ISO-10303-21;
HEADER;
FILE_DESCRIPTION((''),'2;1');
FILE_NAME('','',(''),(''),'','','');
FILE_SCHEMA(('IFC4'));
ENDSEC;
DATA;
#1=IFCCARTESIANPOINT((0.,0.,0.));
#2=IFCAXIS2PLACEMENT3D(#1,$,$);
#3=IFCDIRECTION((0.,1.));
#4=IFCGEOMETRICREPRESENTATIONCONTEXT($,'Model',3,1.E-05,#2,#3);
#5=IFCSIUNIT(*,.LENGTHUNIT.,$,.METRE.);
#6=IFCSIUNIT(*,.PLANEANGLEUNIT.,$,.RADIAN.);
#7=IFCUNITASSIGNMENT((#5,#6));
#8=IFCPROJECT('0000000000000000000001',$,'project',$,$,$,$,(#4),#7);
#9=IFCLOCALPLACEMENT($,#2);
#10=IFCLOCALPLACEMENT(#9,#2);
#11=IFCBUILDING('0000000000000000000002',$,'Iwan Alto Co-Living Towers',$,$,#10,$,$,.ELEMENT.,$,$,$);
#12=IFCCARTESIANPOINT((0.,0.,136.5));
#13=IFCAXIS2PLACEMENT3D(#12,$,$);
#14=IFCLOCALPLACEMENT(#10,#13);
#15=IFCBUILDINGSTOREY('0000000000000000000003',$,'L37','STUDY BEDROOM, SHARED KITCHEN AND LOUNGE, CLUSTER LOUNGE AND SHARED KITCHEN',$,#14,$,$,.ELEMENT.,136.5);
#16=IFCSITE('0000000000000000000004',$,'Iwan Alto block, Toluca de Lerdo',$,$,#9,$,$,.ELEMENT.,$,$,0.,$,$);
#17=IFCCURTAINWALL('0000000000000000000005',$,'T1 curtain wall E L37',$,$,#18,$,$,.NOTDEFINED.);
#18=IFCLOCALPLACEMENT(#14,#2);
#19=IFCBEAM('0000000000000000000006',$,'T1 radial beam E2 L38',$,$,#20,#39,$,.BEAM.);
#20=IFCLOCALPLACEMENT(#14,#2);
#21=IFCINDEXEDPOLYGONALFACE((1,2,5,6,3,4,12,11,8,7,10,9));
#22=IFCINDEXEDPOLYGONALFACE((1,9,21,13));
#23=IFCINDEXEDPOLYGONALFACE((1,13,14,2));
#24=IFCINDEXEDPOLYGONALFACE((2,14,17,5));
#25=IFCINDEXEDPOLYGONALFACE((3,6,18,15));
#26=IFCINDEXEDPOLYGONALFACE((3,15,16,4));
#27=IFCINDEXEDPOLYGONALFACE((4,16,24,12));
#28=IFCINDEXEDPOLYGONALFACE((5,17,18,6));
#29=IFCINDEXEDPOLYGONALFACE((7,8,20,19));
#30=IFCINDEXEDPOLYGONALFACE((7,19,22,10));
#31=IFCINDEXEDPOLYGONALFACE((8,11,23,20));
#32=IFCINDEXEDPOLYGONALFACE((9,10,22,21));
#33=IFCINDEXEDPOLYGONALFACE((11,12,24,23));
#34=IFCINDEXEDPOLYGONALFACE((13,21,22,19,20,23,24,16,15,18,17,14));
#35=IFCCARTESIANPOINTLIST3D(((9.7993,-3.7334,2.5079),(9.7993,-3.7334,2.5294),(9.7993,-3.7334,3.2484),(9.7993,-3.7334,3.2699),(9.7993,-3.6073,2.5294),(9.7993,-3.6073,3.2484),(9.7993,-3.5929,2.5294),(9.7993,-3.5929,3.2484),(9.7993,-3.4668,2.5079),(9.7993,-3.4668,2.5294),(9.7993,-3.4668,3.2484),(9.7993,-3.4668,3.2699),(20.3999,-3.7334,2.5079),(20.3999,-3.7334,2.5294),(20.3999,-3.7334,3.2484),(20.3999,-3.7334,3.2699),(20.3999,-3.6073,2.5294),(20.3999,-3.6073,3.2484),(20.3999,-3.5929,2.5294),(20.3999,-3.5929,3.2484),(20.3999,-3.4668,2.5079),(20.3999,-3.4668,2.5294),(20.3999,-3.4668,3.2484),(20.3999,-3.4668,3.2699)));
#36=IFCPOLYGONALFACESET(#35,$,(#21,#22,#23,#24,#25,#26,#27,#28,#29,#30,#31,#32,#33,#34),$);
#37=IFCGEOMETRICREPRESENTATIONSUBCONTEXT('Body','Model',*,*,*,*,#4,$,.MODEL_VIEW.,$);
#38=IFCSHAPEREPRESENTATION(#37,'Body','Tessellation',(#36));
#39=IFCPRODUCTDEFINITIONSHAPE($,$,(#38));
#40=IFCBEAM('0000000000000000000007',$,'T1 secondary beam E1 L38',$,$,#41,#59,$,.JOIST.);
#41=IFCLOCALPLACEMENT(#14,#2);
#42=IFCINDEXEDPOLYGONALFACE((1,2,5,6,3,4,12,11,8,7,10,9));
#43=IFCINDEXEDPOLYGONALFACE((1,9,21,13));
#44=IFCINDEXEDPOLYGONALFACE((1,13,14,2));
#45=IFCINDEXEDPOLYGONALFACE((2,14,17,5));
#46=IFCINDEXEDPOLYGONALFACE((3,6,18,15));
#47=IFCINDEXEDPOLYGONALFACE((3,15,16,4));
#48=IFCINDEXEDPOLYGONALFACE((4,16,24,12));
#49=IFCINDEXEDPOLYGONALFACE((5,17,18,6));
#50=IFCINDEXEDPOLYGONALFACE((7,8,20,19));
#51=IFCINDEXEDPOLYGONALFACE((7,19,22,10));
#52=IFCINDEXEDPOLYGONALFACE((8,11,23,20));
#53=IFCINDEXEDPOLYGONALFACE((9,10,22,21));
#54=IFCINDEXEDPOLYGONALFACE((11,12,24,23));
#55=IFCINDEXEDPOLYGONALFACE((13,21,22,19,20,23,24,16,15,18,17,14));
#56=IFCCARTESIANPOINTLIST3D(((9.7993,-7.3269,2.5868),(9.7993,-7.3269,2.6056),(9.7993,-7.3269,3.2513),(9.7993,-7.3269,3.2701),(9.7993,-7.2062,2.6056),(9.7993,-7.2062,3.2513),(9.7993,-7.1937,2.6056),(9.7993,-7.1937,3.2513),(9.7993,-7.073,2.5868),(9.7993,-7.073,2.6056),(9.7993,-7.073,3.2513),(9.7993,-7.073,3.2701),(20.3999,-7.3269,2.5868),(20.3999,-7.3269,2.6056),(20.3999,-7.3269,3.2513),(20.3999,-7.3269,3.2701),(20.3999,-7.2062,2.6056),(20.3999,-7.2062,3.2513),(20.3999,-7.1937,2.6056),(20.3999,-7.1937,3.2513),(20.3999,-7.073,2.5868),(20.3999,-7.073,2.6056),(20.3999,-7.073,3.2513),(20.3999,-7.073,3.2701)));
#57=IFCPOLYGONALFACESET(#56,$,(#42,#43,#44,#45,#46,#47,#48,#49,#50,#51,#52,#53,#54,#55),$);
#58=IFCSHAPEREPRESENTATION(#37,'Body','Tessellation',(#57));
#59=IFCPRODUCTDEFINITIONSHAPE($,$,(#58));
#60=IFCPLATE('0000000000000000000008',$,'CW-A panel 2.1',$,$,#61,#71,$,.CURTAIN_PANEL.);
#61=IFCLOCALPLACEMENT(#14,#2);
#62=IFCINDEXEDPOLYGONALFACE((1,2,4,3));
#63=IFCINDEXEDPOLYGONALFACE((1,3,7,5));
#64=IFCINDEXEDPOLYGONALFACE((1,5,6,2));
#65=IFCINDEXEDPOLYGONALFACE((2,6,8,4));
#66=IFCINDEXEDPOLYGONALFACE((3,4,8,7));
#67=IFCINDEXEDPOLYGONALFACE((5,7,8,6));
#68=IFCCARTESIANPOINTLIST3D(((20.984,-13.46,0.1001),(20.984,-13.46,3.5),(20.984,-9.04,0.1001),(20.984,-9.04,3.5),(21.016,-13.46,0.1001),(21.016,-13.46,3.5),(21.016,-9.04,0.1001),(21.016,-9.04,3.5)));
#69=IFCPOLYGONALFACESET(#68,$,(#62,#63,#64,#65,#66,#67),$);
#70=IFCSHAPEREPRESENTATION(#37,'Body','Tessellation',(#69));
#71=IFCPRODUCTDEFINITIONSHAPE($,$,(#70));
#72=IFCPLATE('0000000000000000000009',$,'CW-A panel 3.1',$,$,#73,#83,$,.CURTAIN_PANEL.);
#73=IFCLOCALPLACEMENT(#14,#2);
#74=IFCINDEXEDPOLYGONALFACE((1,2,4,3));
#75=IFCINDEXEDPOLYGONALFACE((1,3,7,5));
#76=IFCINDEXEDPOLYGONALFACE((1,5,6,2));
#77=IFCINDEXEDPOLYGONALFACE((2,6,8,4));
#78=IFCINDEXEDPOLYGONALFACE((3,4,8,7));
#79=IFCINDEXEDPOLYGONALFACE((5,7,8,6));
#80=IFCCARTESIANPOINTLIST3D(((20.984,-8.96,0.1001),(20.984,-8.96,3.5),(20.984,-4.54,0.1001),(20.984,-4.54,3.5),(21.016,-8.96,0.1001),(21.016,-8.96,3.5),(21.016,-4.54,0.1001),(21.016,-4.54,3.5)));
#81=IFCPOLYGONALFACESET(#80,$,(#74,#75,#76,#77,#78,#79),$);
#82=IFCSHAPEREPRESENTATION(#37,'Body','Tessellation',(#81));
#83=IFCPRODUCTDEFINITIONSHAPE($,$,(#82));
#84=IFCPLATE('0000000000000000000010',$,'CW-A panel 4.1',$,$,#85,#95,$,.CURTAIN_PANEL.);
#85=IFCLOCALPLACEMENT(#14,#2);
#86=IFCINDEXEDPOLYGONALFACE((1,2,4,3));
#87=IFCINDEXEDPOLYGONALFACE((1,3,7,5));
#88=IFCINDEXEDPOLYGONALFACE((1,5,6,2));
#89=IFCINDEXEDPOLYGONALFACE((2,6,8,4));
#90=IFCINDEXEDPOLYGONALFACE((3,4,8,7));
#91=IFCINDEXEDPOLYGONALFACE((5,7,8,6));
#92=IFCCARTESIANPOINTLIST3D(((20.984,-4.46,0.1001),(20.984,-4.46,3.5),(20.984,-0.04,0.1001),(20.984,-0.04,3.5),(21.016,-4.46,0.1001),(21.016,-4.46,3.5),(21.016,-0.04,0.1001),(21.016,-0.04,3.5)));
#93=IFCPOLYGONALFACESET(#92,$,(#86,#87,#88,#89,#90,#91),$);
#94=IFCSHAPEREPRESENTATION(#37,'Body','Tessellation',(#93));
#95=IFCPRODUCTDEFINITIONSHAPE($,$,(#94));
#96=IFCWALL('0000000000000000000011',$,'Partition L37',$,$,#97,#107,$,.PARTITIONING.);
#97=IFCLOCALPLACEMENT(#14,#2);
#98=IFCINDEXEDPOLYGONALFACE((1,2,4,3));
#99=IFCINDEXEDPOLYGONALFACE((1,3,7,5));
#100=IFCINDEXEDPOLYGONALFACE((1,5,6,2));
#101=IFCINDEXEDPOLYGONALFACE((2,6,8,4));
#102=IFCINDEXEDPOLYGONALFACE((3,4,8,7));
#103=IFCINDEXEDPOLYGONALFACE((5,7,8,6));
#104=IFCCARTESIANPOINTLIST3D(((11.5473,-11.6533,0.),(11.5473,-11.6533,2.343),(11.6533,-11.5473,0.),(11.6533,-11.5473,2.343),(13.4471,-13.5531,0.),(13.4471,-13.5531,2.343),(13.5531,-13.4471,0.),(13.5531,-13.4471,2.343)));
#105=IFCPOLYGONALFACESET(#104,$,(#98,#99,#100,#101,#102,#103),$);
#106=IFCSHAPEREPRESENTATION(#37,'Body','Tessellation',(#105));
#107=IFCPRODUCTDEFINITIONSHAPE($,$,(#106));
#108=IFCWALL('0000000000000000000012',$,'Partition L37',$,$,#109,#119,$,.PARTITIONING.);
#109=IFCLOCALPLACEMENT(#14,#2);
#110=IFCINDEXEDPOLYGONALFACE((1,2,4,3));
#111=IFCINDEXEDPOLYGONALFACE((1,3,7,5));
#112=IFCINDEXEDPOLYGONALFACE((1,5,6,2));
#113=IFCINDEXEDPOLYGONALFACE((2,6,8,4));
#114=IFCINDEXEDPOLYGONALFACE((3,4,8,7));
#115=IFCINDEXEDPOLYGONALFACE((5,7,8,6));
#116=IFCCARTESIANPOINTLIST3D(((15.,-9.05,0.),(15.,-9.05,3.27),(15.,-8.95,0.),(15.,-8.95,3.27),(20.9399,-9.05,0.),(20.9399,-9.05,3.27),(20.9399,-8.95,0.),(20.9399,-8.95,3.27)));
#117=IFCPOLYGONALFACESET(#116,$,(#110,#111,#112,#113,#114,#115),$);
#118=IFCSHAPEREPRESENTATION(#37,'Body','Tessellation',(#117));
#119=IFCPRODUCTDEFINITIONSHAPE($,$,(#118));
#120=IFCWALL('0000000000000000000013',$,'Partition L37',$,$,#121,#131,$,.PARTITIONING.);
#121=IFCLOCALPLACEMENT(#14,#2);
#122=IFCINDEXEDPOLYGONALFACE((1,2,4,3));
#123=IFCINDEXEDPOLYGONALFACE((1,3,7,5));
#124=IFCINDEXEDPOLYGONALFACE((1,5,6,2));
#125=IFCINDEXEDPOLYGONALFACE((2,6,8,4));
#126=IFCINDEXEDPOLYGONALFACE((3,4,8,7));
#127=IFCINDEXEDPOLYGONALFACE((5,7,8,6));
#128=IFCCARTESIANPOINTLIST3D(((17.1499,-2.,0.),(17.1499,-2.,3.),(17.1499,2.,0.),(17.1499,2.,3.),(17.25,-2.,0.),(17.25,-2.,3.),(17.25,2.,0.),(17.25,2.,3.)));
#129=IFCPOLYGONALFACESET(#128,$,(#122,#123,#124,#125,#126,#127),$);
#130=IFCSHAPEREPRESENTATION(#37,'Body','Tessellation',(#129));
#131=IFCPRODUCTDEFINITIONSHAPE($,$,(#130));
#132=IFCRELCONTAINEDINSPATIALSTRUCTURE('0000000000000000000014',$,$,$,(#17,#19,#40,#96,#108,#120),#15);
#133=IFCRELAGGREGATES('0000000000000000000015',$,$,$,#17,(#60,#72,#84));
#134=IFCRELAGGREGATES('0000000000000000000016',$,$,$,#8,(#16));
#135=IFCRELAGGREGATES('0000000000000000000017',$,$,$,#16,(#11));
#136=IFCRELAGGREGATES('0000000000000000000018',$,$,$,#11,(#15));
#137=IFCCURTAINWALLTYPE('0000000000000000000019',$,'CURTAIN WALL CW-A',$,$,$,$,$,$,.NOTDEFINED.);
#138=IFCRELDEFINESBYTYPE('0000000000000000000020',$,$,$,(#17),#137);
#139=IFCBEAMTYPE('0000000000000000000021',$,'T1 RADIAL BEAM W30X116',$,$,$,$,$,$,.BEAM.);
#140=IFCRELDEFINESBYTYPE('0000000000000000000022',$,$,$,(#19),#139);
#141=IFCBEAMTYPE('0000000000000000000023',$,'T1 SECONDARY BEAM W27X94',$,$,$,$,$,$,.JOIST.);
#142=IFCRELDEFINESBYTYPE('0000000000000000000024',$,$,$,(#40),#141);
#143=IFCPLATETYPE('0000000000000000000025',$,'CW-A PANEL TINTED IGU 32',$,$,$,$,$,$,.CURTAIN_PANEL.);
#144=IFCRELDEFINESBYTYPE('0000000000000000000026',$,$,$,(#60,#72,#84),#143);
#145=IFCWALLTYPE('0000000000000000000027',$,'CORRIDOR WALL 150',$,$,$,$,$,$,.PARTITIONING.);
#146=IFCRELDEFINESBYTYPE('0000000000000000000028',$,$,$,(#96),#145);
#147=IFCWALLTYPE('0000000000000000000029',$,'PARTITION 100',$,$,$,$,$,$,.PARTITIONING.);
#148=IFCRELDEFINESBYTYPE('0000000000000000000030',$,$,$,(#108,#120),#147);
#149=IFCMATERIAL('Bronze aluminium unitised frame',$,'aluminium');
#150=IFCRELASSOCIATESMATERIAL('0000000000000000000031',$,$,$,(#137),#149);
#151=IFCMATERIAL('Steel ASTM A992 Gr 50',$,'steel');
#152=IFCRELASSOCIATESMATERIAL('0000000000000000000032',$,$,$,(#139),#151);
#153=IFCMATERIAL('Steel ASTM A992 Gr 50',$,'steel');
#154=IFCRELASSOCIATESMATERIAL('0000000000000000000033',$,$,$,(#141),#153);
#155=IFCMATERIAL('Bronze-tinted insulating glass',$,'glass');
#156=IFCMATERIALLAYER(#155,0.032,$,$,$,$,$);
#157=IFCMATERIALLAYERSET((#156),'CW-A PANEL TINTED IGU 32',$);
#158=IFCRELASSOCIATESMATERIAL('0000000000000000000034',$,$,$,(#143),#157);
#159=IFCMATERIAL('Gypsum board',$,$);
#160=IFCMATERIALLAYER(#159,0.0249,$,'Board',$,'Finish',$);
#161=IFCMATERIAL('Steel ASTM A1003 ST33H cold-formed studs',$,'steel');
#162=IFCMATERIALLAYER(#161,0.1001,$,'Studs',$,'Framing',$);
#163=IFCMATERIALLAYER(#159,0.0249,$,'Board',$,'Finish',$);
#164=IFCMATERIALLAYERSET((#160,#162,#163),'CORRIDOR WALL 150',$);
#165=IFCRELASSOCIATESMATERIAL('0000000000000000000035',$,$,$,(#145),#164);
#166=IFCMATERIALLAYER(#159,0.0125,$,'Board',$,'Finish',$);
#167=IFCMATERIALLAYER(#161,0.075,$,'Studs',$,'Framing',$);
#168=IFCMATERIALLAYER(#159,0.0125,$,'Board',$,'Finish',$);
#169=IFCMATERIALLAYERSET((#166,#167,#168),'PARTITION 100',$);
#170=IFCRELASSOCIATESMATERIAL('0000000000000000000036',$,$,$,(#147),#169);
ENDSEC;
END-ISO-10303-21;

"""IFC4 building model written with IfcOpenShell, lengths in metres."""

from ifc_helpers import new_model, si_unit, direction, frame, frame_2d, origin, origin_2d, place, context, subcontext, project, spatial, rectangle, i_section, extrude, material, layer, layer_set, material_profile, profile_set, type_object, element, aggregate, save


model = new_model("IFC4")

# Units and contexts
model_context = context("Model", 3, precision=1e-05, world=origin(), true_north=direction((0.0, 1.0)))
body_context = subcontext(model_context, "Body", "Model", "MODEL_VIEW")
ifc_project = project(units=[si_unit("LENGTHUNIT", "METRE"), si_unit("PLANEANGLEUNIT", "RADIAN")], contexts=[model_context])

# Site, building, storey
site_placement = place(None, origin())
site = spatial("IfcSite", under=ifc_project, at=site_placement, Name="Iwan Alto block, Toluca de Lerdo", CompositionType="ELEMENT", RefElevation=0.0)
building_placement = place(site_placement, origin())
building = spatial("IfcBuilding", under=site, at=building_placement, Name="Iwan Alto Co-Living Towers", CompositionType="ELEMENT")
storey_placement = place(building_placement, frame((0.0, 0.0, 136.5)))
storey = spatial("IfcBuildingStorey", under=building, at=storey_placement, Name="L37", Description="STUDY BEDROOM, SHARED KITCHEN AND LOUNGE, CLUSTER LOUNGE AND SHARED KITCHEN", CompositionType="ELEMENT", Elevation=136.5)

# Curtain wall
ifc_material_1 = material(Name="Bronze aluminium unitised frame", Category="aluminium")
curtain_wall_type = type_object("IfcCurtainWallType", Name="CURTAIN WALL CW-A", PredefinedType="NOTDEFINED", material=ifc_material_1)
curtain_wall_placement = place(storey_placement, origin())
curtain_wall = element("IfcCurtainWall", 1, at=curtain_wall_placement, inside=storey, type_object=curtain_wall_type, Name="T1 curtain wall E L37", PredefinedType="NOTDEFINED")

# Beams
ifc_material_2 = material(Name="Steel ASTM A992 Gr 50", Category="steel")
ifc_material_profile_1 = material_profile(ifc_material_2, i_section(OverallWidth=0.2666, OverallDepth=0.762, WebThickness=0.0144, FlangeThickness=0.0215, at=origin_2d()), Name="W30X116")
ifc_profile_set_1 = profile_set([ifc_material_profile_1], Name="Steel ASTM A992 Gr 50")
beam_type_1 = type_object("IfcBeamType", Name="T1 RADIAL BEAM W30X116", PredefinedType="BEAM", material=ifc_profile_set_1)
beam_1_placement = place(storey_placement, frame((20.3999, -3.6001, 2.8889), z_axis=(-1.0, 0.0, 0.0), x_axis=(0.0, -1.0, 0.0)))
element("IfcBeam", 2, at=beam_1_placement, inside=storey, type_object=beam_type_1, Name="T1 radial beam E2 L38", PredefinedType="BEAM", context=body_context, shape_type="SweptSolid", body=[
    extrude(i_section(OverallWidth=0.2666, OverallDepth=0.762, WebThickness=0.0144, FlangeThickness=0.0215, at=origin_2d()), origin(), (0.0, 0.0, 1.0), 10.6006),
])
ifc_material_3 = material(Name="Steel ASTM A992 Gr 50", Category="steel")
ifc_material_profile_2 = material_profile(ifc_material_3, i_section(OverallWidth=0.2539, OverallDepth=0.6833, WebThickness=0.0125, FlangeThickness=0.0188, at=origin_2d()), Name="W27X94")
ifc_profile_set_2 = profile_set([ifc_material_profile_2], Name="Steel ASTM A992 Gr 50")
beam_type_2 = type_object("IfcBeamType", Name="T1 SECONDARY BEAM W27X94", PredefinedType="JOIST", material=ifc_profile_set_2)
beam_2_placement = place(storey_placement, frame((20.3999, -7.2, 2.9285), z_axis=(-1.0, 0.0, 0.0), x_axis=(0.0, -1.0, 0.0)))
element("IfcBeam", 3, at=beam_2_placement, inside=storey, type_object=beam_type_2, Name="T1 secondary beam E1 L38", PredefinedType="JOIST", context=body_context, shape_type="SweptSolid", body=[
    extrude(i_section(OverallWidth=0.2539, OverallDepth=0.6833, WebThickness=0.0125, FlangeThickness=0.0188, at=origin_2d()), origin(), (0.0, 0.0, 1.0), 10.6006),
])

# Plates
ifc_material_4 = material(Name="Bronze-tinted insulating glass", Category="glass")
ifc_layer_1 = layer(ifc_material_4, 0.032)
ifc_layer_set_1 = layer_set([ifc_layer_1], Name="CW-A PANEL TINTED IGU 32")
plate_type = type_object("IfcPlateType", Name="CW-A PANEL TINTED IGU 32", PredefinedType="CURTAIN_PANEL", material=ifc_layer_set_1)
plate_1_placement = place(storey_placement, frame((21.0, -11.25, 0.1001), z_axis=(0.0, 0.0, 1.0), x_axis=(0.0, 1.0, 0.0)))
plate_1 = element("IfcPlate", 4, at=plate_1_placement, type_object=plate_type, Name="CW-A panel 2.1", PredefinedType="CURTAIN_PANEL", context=body_context, shape_type="SweptSolid", body=[
    extrude(rectangle(XDim=4.4199, YDim=0.032, at=origin_2d()), origin(), (0.0, 0.0, 1.0), 3.3999),
])
plate_2_placement = place(storey_placement, frame((21.0, -6.75, 0.1001), z_axis=(0.0, 0.0, 1.0), x_axis=(0.0, 1.0, 0.0)))
plate_2 = element("IfcPlate", 5, at=plate_2_placement, type_object=plate_type, Name="CW-A panel 3.1", PredefinedType="CURTAIN_PANEL", context=body_context, shape_type="SweptSolid", body=[
    extrude(rectangle(XDim=4.4199, YDim=0.032, at=origin_2d()), origin(), (0.0, 0.0, 1.0), 3.3999),
])
plate_3_placement = place(storey_placement, frame((21.0, -2.25, 0.1001), z_axis=(0.0, 0.0, 1.0), x_axis=(0.0, 1.0, 0.0)))
plate_3 = element("IfcPlate", 6, at=plate_3_placement, type_object=plate_type, Name="CW-A panel 4.1", PredefinedType="CURTAIN_PANEL", context=body_context, shape_type="SweptSolid", body=[
    extrude(rectangle(XDim=4.4199, YDim=0.032, at=origin_2d()), origin(), (0.0, 0.0, 1.0), 3.3999),
])
aggregate(curtain_wall, [plate_1, plate_2, plate_3])

# Walls
ifc_material_5 = material(Name="Gypsum board")
ifc_layer_2 = layer(ifc_material_5, 0.0249, Name="Board", Category="Finish")
ifc_material_6 = material(Name="Steel ASTM A1003 ST33H cold-formed studs", Category="steel")
ifc_layer_3 = layer(ifc_material_6, 0.1001, Name="Studs", Category="Framing")
ifc_layer_4 = layer(ifc_material_5, 0.0249, Name="Board", Category="Finish")
ifc_layer_set_2 = layer_set([ifc_layer_2, ifc_layer_3, ifc_layer_4], Name="CORRIDOR WALL 150")
wall_type_1 = type_object("IfcWallType", Name="CORRIDOR WALL 150", PredefinedType="PARTITIONING", material=ifc_layer_set_2)
wall_1_placement = place(storey_placement, frame((13.5, -13.5, 0.0), z_axis=(0.0, 0.0, 1.0), x_axis=(-0.707107, 0.707107, 0.0)))
element("IfcWall", 7, at=wall_1_placement, inside=storey, type_object=wall_type_1, Name="Partition L37", PredefinedType="PARTITIONING", context=body_context, shape_type="SweptSolid", body=[
    extrude(rectangle(XDim=2.6868, YDim=0.1499, at=frame_2d((1.3433, 0.0))), origin(), (0.0, 0.0, 1.0), 2.343),
])
ifc_layer_5 = layer(ifc_material_5, 0.0125, Name="Board", Category="Finish")
ifc_layer_6 = layer(ifc_material_6, 0.075, Name="Studs", Category="Framing")
ifc_layer_7 = layer(ifc_material_5, 0.0125, Name="Board", Category="Finish")
ifc_layer_set_3 = layer_set([ifc_layer_5, ifc_layer_6, ifc_layer_7], Name="PARTITION 100")
wall_type_2 = type_object("IfcWallType", Name="PARTITION 100", PredefinedType="PARTITIONING", material=ifc_layer_set_3)
wall_2_placement = place(storey_placement, frame((15.0, -9.0, 0.0), z_axis=(0.0, 0.0, 1.0), x_axis=(1.0, 0.0, 0.0)))
element("IfcWall", 8, at=wall_2_placement, inside=storey, type_object=wall_type_2, Name="Partition L37", PredefinedType="PARTITIONING", context=body_context, shape_type="SweptSolid", body=[
    extrude(rectangle(XDim=5.9399, YDim=0.1001, at=frame_2d((2.97, 0.0))), origin(), (0.0, 0.0, 1.0), 3.27),
])
wall_3_placement = place(storey_placement, frame((17.2, -2.0, 0.0), z_axis=(0.0, 0.0, 1.0), x_axis=(0.0, 1.0, 0.0)))
element("IfcWall", 9, at=wall_3_placement, inside=storey, type_object=wall_type_2, Name="Partition L37", PredefinedType="PARTITIONING", context=body_context, shape_type="SweptSolid", body=[
    extrude(rectangle(XDim=4.0, YDim=0.1001, at=frame_2d((2.0, 0.0))), origin(), (0.0, 0.0, 1.0), 3.0),
])

save(model, "model.ifc")
